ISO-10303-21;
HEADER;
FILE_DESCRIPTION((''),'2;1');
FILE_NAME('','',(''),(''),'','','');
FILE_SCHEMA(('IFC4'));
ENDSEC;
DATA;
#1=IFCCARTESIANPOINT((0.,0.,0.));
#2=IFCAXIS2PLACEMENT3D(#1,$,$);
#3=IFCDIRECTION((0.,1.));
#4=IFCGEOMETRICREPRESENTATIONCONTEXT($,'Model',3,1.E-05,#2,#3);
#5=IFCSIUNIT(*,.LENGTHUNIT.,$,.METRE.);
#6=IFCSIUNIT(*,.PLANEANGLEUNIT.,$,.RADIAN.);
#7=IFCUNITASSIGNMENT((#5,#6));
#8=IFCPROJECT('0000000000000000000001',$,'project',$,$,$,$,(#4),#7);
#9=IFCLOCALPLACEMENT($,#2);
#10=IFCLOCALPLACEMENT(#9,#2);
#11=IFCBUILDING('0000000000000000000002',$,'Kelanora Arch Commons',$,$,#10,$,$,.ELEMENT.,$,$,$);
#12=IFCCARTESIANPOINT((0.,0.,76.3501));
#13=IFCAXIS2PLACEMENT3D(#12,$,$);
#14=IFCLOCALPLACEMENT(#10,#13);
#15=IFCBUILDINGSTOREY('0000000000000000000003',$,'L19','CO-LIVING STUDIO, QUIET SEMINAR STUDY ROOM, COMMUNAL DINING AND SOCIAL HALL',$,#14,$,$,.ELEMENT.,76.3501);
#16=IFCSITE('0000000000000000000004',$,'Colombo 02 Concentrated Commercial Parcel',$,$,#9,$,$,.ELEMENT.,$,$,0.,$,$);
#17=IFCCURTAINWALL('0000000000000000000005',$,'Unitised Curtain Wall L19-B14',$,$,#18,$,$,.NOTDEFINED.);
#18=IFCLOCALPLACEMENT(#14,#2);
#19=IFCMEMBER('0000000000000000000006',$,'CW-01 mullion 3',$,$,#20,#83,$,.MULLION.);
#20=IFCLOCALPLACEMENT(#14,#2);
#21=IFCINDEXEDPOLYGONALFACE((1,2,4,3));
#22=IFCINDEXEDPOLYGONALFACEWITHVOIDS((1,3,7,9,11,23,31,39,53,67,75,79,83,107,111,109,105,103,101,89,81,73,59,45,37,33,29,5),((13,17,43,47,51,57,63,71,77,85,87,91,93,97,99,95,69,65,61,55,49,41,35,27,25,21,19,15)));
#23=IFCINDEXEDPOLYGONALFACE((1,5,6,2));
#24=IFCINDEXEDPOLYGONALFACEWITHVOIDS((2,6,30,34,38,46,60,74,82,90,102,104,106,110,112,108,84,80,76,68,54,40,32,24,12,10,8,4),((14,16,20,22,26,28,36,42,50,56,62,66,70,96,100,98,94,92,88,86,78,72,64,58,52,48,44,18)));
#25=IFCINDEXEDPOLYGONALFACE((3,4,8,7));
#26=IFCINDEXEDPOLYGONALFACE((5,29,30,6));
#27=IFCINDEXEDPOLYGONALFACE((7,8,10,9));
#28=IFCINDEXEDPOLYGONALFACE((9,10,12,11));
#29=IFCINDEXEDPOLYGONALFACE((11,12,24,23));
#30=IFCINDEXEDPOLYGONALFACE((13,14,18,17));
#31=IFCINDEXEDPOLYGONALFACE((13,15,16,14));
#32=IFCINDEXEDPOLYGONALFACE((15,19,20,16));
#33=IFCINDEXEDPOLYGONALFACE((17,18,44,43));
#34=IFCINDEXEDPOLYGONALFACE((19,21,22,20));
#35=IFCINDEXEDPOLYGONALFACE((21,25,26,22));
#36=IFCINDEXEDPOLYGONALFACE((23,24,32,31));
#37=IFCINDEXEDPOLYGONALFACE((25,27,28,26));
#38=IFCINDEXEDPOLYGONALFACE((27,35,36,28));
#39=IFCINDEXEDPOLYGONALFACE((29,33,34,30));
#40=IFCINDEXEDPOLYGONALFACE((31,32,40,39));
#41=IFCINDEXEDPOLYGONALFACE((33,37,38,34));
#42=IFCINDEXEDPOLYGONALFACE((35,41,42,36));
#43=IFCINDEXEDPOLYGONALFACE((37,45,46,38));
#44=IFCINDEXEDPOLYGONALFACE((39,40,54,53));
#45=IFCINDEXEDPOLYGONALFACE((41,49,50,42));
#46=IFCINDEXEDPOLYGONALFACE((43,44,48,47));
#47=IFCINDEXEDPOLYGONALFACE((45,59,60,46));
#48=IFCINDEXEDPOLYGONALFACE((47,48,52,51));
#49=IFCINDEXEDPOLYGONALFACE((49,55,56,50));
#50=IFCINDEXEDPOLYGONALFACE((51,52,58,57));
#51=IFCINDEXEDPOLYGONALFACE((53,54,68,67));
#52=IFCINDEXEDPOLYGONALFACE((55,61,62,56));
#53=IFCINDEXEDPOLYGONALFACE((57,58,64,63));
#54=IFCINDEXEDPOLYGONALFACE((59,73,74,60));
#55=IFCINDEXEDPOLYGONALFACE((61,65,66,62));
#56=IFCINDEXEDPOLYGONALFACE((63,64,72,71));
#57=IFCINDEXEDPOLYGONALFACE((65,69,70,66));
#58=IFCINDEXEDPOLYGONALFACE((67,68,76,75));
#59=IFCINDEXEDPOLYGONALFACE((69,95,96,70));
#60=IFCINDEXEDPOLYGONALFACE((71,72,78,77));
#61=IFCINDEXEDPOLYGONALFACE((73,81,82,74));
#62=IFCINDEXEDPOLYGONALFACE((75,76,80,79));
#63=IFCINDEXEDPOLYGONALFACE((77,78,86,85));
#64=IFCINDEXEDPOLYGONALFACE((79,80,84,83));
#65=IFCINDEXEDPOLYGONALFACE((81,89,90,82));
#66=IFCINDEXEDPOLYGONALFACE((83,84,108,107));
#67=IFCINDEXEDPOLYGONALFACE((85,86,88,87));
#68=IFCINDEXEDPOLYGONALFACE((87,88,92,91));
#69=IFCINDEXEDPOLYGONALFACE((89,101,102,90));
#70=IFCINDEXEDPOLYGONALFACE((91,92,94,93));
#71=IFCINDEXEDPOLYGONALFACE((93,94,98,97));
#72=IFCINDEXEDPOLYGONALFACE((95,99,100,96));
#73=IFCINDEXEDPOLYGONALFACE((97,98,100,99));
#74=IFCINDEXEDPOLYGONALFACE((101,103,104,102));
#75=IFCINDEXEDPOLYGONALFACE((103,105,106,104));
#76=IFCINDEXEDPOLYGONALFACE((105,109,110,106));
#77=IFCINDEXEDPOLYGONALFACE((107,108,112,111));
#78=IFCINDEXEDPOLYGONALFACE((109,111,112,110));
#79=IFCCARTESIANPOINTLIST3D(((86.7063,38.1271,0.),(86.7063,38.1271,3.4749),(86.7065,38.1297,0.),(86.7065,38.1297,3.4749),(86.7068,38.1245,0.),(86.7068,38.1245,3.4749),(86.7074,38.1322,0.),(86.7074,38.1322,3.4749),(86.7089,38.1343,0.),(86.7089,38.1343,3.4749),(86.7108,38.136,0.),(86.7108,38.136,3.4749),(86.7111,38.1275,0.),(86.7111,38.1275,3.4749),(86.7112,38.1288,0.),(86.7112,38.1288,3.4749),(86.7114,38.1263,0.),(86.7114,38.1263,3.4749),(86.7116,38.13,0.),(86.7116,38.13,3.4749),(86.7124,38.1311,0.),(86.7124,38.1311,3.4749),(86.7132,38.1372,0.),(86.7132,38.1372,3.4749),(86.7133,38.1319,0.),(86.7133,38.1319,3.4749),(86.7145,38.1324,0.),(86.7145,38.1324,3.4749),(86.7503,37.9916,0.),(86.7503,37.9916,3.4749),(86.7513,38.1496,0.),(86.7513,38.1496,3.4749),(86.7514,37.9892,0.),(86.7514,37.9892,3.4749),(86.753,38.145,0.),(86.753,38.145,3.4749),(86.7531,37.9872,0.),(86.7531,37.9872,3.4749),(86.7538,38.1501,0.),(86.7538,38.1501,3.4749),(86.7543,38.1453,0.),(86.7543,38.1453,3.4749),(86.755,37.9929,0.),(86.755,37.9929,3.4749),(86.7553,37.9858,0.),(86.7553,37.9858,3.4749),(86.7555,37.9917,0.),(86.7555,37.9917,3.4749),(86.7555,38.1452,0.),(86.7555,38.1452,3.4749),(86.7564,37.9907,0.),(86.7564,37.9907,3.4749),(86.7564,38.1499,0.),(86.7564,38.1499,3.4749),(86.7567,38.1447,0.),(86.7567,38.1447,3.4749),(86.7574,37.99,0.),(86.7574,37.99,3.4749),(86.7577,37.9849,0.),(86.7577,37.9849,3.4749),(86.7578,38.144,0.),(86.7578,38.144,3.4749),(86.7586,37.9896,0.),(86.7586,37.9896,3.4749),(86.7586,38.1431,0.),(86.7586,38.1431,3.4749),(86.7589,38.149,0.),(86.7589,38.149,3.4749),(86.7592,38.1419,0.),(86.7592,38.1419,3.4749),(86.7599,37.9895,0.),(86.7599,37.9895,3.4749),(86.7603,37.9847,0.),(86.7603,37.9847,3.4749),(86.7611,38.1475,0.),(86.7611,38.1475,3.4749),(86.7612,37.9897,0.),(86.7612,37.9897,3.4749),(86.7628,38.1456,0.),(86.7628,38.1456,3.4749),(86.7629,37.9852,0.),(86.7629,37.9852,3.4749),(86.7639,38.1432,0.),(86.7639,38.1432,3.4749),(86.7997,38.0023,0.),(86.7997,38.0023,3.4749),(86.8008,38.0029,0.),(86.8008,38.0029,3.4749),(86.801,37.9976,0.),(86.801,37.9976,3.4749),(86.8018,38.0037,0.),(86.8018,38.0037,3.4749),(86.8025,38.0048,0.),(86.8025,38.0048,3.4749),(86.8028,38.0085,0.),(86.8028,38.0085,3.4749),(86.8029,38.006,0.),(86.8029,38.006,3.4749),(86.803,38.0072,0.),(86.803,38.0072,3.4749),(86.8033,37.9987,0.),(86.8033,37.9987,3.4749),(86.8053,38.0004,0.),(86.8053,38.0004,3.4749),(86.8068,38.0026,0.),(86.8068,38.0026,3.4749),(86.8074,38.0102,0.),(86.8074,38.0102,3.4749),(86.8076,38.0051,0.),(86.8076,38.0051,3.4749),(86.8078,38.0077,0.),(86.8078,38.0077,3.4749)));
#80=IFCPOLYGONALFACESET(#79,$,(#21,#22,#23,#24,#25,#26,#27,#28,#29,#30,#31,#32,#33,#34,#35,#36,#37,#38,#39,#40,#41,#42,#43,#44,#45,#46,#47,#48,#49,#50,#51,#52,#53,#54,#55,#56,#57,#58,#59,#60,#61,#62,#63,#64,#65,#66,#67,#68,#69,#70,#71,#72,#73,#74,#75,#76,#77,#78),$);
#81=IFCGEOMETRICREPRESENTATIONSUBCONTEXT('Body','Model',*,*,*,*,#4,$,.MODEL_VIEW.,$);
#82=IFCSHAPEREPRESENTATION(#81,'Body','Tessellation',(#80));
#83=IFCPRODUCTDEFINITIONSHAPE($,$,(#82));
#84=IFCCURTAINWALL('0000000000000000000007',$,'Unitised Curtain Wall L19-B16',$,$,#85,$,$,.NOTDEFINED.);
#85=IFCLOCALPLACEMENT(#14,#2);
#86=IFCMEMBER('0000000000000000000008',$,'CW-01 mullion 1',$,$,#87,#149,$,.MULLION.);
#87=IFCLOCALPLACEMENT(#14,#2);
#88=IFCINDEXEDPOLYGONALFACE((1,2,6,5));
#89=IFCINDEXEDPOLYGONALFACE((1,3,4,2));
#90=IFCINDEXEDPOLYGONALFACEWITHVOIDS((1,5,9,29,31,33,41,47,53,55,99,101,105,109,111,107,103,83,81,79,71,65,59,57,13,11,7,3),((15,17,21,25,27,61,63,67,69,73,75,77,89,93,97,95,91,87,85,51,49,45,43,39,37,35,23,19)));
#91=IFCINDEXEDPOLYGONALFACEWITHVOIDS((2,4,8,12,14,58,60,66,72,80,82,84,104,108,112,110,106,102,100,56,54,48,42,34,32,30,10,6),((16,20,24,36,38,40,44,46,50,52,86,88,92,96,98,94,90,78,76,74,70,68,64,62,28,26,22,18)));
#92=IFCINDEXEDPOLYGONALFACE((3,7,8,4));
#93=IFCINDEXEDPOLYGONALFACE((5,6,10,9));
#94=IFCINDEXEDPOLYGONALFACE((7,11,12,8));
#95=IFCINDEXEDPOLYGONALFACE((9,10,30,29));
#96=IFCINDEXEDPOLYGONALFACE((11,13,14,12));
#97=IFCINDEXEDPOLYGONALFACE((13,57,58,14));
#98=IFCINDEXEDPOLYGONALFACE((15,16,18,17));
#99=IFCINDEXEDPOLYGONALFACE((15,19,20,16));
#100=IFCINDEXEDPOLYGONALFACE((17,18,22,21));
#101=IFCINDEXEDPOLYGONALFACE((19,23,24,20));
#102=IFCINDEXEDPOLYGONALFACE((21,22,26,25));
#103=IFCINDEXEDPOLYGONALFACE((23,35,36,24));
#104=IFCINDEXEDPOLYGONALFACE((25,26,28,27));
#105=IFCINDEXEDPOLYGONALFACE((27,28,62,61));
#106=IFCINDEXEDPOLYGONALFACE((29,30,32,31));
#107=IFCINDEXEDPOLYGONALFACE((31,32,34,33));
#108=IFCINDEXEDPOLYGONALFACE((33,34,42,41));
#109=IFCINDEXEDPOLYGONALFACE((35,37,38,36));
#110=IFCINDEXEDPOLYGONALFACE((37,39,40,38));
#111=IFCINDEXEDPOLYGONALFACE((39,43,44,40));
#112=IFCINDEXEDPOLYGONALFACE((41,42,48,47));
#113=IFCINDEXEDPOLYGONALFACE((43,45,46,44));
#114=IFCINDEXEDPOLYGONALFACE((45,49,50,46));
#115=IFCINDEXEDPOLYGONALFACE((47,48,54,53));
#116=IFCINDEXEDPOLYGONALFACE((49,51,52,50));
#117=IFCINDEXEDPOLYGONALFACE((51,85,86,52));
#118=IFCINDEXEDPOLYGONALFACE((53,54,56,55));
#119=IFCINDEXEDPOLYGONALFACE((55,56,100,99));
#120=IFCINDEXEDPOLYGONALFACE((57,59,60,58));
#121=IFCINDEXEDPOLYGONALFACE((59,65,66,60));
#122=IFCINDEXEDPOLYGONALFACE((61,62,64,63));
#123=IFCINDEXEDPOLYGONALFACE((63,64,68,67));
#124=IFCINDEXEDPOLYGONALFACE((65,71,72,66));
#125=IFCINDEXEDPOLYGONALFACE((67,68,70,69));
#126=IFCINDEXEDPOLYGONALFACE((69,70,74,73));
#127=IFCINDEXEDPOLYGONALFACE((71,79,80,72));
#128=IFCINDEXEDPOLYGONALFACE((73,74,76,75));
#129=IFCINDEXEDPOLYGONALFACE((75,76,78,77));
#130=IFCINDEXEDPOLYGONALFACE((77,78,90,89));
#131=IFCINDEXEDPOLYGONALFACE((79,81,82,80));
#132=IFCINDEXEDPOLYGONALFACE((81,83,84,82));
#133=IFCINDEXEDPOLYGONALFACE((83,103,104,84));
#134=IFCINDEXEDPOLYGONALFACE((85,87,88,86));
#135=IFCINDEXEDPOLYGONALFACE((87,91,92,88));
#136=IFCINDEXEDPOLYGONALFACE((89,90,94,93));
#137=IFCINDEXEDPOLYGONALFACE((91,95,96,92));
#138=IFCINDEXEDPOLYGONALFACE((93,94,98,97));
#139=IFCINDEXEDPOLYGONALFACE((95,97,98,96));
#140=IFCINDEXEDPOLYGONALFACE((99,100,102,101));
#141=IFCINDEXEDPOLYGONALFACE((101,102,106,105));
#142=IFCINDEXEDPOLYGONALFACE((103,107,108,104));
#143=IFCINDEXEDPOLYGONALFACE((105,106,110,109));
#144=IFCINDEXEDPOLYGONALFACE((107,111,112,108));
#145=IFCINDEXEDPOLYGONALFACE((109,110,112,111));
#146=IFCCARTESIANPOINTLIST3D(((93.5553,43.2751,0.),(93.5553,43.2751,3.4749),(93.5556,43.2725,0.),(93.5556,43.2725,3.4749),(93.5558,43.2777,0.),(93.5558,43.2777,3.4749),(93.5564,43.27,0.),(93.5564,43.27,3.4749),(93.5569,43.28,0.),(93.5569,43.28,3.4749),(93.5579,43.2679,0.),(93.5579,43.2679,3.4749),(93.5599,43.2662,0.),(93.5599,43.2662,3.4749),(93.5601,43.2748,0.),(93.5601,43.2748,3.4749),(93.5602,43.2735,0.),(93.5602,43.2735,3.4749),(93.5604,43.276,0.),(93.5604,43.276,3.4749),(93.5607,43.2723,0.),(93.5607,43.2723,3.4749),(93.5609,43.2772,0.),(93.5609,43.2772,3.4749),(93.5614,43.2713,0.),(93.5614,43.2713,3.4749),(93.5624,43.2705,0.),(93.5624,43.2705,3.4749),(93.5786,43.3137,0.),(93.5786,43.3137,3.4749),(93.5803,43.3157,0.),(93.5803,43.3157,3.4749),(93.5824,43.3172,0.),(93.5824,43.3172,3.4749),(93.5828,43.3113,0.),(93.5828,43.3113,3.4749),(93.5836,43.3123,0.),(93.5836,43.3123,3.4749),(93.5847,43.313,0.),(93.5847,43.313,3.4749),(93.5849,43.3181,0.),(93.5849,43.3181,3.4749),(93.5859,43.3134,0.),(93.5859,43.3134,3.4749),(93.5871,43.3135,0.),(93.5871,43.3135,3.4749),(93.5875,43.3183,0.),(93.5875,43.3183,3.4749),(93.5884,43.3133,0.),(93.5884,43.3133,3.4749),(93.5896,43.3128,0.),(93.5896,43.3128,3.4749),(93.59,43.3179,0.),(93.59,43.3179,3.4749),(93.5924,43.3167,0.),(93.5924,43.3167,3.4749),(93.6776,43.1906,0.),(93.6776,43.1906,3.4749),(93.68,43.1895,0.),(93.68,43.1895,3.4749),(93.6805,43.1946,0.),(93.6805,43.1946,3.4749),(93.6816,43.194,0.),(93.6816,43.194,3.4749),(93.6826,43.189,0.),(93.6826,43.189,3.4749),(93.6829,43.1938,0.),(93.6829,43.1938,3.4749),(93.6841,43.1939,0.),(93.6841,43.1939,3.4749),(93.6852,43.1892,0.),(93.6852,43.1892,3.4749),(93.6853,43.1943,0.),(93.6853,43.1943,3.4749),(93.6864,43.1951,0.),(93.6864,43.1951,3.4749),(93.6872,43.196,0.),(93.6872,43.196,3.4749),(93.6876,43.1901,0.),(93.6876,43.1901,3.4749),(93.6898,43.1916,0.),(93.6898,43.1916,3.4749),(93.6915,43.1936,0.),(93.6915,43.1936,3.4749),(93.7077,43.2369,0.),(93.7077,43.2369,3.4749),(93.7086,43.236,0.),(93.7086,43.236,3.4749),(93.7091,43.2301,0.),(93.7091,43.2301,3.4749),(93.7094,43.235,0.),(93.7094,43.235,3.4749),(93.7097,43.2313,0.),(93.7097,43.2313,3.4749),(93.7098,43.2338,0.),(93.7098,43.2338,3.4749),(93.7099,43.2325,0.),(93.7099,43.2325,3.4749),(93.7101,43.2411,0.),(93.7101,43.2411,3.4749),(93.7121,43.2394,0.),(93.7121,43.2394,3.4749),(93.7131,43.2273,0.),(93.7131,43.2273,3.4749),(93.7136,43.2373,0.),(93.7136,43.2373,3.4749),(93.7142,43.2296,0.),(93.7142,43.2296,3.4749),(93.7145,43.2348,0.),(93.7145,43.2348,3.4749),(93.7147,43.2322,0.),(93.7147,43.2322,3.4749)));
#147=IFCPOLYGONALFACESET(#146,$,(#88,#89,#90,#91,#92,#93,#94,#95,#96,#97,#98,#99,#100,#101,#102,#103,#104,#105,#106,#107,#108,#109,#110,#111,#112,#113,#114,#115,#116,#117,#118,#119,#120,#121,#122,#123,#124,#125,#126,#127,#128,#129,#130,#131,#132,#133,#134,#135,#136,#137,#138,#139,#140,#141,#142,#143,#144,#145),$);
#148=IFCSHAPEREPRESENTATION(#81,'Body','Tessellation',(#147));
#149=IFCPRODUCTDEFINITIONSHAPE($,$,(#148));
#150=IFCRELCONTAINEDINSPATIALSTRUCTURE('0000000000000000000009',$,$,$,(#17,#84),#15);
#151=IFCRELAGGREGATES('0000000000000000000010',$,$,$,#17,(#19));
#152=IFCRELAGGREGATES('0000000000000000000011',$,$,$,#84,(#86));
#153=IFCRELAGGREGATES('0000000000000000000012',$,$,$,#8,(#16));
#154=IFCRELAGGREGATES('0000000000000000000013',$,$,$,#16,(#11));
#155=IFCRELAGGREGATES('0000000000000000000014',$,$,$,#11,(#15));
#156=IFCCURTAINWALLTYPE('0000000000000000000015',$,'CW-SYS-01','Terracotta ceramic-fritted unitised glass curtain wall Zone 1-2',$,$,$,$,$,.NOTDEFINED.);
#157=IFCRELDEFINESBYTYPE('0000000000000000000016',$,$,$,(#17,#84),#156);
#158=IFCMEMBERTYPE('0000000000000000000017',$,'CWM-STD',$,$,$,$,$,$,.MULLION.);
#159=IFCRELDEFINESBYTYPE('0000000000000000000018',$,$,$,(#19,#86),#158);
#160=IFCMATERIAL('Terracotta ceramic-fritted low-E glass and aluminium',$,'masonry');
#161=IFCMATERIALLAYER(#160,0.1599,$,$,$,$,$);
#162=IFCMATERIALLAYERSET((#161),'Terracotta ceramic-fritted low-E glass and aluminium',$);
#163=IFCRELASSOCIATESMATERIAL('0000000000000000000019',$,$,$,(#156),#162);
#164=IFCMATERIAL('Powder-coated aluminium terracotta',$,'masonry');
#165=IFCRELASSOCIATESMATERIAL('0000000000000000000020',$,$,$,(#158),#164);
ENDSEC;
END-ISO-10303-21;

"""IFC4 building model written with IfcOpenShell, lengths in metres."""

from ifc_helpers import new_model, si_unit, direction, frame, origin, origin_2d, place, context, subcontext, project, spatial, hollow_rectangle, extrude, material, layer, layer_set, material_profile, profile_set, type_object, element, aggregate, save


model = new_model("IFC4")

# Units and contexts
model_context = context("Model", 3, precision=1e-05, world=origin(), true_north=direction((0.0, 1.0)))
body_context = subcontext(model_context, "Body", "Model", "MODEL_VIEW")
ifc_project = project(units=[si_unit("LENGTHUNIT", "METRE"), si_unit("PLANEANGLEUNIT", "RADIAN")], contexts=[model_context])

# Site, building, storey
site_placement = place(None, origin())
site = spatial("IfcSite", under=ifc_project, at=site_placement, Name="Colombo 02 Concentrated Commercial Parcel", CompositionType="ELEMENT", RefElevation=0.0)
building_placement = place(site_placement, origin())
building = spatial("IfcBuilding", under=site, at=building_placement, Name="Kelanora Arch Commons", CompositionType="ELEMENT")
storey_placement = place(building_placement, frame((0.0, 0.0, 76.3501)))
storey = spatial("IfcBuildingStorey", under=building, at=storey_placement, Name="L19", Description="CO-LIVING STUDIO, QUIET SEMINAR STUDY ROOM, COMMUNAL DINING AND SOCIAL HALL", CompositionType="ELEMENT", Elevation=76.3501)

# Curtain wall, member
ifc_material_1 = material(Name="Terracotta ceramic-fritted low-E glass and aluminium", Category="masonry")
ifc_layer_1 = layer(ifc_material_1, 0.1599)
ifc_layer_set_1 = layer_set([ifc_layer_1], Name="Terracotta ceramic-fritted low-E glass and aluminium")
curtain_wall_type = type_object("IfcCurtainWallType", Name="CW-SYS-01", Description="Terracotta ceramic-fritted unitised glass curtain wall Zone 1-2", PredefinedType="NOTDEFINED", material=ifc_layer_set_1)
curtain_wall_1_placement = place(storey_placement, origin())
curtain_wall_1 = element("IfcCurtainWall", 1, at=curtain_wall_1_placement, inside=storey, type_object=curtain_wall_type, Name="Unitised Curtain Wall L19-B14", PredefinedType="NOTDEFINED")
ifc_material_2 = material(Name="Powder-coated aluminium terracotta", Category="masonry")
ifc_material_profile_1 = material_profile(ifc_material_2, hollow_rectangle(XDim=0.1599, YDim=0.0601, WallThickness=0.0049, InnerFilletRadius=0.0049, OuterFilletRadius=0.01, at=origin_2d()), Name="CWM160x60")
ifc_profile_set_1 = profile_set([ifc_material_profile_1], Name="Powder-coated aluminium terracotta")
member_type_1 = type_object("IfcMemberType", Name="CWM-STD", PredefinedType="MULLION", material=ifc_profile_set_1)
member_1_placement = place(storey_placement, frame((86.7571, 38.0674, 0.0), z_axis=(0.0, 0.0, 1.0), x_axis=(-0.310805, 0.950474, 0.0)))
member_1 = element("IfcMember", 2, at=member_1_placement, type_object=member_type_1, Name="CW-01 mullion 3", PredefinedType="MULLION", context=body_context, shape_type="SweptSolid", body=[
    extrude(hollow_rectangle(XDim=0.1599, YDim=0.0601, WallThickness=0.0049, InnerFilletRadius=0.0049, OuterFilletRadius=0.01, at=origin_2d()), origin(), (0.0, 0.0, 1.0), 3.4749),
])
aggregate(curtain_wall_1, [member_1])

# Curtain wall, member
curtain_wall_2_placement = place(storey_placement, origin())
curtain_wall_2 = element("IfcCurtainWall", 3, at=curtain_wall_2_placement, inside=storey, type_object=curtain_wall_type, Name="Unitised Curtain Wall L19-B16", PredefinedType="NOTDEFINED")
member_2_placement = place(storey_placement, frame((93.635, 43.2537, 0.0), z_axis=(0.0, 0.0, 1.0), x_axis=(-0.841269, 0.540617, 0.0)))
member_2 = element("IfcMember", 4, at=member_2_placement, type_object=member_type_1, Name="CW-01 mullion 1", PredefinedType="MULLION", context=body_context, shape_type="SweptSolid", body=[
    extrude(hollow_rectangle(XDim=0.1599, YDim=0.0601, WallThickness=0.0049, InnerFilletRadius=0.0049, OuterFilletRadius=0.01, at=origin_2d()), origin(), (0.0, 0.0, 1.0), 3.4749),
])
aggregate(curtain_wall_2, [member_2])

save(model, "model.ifc")
